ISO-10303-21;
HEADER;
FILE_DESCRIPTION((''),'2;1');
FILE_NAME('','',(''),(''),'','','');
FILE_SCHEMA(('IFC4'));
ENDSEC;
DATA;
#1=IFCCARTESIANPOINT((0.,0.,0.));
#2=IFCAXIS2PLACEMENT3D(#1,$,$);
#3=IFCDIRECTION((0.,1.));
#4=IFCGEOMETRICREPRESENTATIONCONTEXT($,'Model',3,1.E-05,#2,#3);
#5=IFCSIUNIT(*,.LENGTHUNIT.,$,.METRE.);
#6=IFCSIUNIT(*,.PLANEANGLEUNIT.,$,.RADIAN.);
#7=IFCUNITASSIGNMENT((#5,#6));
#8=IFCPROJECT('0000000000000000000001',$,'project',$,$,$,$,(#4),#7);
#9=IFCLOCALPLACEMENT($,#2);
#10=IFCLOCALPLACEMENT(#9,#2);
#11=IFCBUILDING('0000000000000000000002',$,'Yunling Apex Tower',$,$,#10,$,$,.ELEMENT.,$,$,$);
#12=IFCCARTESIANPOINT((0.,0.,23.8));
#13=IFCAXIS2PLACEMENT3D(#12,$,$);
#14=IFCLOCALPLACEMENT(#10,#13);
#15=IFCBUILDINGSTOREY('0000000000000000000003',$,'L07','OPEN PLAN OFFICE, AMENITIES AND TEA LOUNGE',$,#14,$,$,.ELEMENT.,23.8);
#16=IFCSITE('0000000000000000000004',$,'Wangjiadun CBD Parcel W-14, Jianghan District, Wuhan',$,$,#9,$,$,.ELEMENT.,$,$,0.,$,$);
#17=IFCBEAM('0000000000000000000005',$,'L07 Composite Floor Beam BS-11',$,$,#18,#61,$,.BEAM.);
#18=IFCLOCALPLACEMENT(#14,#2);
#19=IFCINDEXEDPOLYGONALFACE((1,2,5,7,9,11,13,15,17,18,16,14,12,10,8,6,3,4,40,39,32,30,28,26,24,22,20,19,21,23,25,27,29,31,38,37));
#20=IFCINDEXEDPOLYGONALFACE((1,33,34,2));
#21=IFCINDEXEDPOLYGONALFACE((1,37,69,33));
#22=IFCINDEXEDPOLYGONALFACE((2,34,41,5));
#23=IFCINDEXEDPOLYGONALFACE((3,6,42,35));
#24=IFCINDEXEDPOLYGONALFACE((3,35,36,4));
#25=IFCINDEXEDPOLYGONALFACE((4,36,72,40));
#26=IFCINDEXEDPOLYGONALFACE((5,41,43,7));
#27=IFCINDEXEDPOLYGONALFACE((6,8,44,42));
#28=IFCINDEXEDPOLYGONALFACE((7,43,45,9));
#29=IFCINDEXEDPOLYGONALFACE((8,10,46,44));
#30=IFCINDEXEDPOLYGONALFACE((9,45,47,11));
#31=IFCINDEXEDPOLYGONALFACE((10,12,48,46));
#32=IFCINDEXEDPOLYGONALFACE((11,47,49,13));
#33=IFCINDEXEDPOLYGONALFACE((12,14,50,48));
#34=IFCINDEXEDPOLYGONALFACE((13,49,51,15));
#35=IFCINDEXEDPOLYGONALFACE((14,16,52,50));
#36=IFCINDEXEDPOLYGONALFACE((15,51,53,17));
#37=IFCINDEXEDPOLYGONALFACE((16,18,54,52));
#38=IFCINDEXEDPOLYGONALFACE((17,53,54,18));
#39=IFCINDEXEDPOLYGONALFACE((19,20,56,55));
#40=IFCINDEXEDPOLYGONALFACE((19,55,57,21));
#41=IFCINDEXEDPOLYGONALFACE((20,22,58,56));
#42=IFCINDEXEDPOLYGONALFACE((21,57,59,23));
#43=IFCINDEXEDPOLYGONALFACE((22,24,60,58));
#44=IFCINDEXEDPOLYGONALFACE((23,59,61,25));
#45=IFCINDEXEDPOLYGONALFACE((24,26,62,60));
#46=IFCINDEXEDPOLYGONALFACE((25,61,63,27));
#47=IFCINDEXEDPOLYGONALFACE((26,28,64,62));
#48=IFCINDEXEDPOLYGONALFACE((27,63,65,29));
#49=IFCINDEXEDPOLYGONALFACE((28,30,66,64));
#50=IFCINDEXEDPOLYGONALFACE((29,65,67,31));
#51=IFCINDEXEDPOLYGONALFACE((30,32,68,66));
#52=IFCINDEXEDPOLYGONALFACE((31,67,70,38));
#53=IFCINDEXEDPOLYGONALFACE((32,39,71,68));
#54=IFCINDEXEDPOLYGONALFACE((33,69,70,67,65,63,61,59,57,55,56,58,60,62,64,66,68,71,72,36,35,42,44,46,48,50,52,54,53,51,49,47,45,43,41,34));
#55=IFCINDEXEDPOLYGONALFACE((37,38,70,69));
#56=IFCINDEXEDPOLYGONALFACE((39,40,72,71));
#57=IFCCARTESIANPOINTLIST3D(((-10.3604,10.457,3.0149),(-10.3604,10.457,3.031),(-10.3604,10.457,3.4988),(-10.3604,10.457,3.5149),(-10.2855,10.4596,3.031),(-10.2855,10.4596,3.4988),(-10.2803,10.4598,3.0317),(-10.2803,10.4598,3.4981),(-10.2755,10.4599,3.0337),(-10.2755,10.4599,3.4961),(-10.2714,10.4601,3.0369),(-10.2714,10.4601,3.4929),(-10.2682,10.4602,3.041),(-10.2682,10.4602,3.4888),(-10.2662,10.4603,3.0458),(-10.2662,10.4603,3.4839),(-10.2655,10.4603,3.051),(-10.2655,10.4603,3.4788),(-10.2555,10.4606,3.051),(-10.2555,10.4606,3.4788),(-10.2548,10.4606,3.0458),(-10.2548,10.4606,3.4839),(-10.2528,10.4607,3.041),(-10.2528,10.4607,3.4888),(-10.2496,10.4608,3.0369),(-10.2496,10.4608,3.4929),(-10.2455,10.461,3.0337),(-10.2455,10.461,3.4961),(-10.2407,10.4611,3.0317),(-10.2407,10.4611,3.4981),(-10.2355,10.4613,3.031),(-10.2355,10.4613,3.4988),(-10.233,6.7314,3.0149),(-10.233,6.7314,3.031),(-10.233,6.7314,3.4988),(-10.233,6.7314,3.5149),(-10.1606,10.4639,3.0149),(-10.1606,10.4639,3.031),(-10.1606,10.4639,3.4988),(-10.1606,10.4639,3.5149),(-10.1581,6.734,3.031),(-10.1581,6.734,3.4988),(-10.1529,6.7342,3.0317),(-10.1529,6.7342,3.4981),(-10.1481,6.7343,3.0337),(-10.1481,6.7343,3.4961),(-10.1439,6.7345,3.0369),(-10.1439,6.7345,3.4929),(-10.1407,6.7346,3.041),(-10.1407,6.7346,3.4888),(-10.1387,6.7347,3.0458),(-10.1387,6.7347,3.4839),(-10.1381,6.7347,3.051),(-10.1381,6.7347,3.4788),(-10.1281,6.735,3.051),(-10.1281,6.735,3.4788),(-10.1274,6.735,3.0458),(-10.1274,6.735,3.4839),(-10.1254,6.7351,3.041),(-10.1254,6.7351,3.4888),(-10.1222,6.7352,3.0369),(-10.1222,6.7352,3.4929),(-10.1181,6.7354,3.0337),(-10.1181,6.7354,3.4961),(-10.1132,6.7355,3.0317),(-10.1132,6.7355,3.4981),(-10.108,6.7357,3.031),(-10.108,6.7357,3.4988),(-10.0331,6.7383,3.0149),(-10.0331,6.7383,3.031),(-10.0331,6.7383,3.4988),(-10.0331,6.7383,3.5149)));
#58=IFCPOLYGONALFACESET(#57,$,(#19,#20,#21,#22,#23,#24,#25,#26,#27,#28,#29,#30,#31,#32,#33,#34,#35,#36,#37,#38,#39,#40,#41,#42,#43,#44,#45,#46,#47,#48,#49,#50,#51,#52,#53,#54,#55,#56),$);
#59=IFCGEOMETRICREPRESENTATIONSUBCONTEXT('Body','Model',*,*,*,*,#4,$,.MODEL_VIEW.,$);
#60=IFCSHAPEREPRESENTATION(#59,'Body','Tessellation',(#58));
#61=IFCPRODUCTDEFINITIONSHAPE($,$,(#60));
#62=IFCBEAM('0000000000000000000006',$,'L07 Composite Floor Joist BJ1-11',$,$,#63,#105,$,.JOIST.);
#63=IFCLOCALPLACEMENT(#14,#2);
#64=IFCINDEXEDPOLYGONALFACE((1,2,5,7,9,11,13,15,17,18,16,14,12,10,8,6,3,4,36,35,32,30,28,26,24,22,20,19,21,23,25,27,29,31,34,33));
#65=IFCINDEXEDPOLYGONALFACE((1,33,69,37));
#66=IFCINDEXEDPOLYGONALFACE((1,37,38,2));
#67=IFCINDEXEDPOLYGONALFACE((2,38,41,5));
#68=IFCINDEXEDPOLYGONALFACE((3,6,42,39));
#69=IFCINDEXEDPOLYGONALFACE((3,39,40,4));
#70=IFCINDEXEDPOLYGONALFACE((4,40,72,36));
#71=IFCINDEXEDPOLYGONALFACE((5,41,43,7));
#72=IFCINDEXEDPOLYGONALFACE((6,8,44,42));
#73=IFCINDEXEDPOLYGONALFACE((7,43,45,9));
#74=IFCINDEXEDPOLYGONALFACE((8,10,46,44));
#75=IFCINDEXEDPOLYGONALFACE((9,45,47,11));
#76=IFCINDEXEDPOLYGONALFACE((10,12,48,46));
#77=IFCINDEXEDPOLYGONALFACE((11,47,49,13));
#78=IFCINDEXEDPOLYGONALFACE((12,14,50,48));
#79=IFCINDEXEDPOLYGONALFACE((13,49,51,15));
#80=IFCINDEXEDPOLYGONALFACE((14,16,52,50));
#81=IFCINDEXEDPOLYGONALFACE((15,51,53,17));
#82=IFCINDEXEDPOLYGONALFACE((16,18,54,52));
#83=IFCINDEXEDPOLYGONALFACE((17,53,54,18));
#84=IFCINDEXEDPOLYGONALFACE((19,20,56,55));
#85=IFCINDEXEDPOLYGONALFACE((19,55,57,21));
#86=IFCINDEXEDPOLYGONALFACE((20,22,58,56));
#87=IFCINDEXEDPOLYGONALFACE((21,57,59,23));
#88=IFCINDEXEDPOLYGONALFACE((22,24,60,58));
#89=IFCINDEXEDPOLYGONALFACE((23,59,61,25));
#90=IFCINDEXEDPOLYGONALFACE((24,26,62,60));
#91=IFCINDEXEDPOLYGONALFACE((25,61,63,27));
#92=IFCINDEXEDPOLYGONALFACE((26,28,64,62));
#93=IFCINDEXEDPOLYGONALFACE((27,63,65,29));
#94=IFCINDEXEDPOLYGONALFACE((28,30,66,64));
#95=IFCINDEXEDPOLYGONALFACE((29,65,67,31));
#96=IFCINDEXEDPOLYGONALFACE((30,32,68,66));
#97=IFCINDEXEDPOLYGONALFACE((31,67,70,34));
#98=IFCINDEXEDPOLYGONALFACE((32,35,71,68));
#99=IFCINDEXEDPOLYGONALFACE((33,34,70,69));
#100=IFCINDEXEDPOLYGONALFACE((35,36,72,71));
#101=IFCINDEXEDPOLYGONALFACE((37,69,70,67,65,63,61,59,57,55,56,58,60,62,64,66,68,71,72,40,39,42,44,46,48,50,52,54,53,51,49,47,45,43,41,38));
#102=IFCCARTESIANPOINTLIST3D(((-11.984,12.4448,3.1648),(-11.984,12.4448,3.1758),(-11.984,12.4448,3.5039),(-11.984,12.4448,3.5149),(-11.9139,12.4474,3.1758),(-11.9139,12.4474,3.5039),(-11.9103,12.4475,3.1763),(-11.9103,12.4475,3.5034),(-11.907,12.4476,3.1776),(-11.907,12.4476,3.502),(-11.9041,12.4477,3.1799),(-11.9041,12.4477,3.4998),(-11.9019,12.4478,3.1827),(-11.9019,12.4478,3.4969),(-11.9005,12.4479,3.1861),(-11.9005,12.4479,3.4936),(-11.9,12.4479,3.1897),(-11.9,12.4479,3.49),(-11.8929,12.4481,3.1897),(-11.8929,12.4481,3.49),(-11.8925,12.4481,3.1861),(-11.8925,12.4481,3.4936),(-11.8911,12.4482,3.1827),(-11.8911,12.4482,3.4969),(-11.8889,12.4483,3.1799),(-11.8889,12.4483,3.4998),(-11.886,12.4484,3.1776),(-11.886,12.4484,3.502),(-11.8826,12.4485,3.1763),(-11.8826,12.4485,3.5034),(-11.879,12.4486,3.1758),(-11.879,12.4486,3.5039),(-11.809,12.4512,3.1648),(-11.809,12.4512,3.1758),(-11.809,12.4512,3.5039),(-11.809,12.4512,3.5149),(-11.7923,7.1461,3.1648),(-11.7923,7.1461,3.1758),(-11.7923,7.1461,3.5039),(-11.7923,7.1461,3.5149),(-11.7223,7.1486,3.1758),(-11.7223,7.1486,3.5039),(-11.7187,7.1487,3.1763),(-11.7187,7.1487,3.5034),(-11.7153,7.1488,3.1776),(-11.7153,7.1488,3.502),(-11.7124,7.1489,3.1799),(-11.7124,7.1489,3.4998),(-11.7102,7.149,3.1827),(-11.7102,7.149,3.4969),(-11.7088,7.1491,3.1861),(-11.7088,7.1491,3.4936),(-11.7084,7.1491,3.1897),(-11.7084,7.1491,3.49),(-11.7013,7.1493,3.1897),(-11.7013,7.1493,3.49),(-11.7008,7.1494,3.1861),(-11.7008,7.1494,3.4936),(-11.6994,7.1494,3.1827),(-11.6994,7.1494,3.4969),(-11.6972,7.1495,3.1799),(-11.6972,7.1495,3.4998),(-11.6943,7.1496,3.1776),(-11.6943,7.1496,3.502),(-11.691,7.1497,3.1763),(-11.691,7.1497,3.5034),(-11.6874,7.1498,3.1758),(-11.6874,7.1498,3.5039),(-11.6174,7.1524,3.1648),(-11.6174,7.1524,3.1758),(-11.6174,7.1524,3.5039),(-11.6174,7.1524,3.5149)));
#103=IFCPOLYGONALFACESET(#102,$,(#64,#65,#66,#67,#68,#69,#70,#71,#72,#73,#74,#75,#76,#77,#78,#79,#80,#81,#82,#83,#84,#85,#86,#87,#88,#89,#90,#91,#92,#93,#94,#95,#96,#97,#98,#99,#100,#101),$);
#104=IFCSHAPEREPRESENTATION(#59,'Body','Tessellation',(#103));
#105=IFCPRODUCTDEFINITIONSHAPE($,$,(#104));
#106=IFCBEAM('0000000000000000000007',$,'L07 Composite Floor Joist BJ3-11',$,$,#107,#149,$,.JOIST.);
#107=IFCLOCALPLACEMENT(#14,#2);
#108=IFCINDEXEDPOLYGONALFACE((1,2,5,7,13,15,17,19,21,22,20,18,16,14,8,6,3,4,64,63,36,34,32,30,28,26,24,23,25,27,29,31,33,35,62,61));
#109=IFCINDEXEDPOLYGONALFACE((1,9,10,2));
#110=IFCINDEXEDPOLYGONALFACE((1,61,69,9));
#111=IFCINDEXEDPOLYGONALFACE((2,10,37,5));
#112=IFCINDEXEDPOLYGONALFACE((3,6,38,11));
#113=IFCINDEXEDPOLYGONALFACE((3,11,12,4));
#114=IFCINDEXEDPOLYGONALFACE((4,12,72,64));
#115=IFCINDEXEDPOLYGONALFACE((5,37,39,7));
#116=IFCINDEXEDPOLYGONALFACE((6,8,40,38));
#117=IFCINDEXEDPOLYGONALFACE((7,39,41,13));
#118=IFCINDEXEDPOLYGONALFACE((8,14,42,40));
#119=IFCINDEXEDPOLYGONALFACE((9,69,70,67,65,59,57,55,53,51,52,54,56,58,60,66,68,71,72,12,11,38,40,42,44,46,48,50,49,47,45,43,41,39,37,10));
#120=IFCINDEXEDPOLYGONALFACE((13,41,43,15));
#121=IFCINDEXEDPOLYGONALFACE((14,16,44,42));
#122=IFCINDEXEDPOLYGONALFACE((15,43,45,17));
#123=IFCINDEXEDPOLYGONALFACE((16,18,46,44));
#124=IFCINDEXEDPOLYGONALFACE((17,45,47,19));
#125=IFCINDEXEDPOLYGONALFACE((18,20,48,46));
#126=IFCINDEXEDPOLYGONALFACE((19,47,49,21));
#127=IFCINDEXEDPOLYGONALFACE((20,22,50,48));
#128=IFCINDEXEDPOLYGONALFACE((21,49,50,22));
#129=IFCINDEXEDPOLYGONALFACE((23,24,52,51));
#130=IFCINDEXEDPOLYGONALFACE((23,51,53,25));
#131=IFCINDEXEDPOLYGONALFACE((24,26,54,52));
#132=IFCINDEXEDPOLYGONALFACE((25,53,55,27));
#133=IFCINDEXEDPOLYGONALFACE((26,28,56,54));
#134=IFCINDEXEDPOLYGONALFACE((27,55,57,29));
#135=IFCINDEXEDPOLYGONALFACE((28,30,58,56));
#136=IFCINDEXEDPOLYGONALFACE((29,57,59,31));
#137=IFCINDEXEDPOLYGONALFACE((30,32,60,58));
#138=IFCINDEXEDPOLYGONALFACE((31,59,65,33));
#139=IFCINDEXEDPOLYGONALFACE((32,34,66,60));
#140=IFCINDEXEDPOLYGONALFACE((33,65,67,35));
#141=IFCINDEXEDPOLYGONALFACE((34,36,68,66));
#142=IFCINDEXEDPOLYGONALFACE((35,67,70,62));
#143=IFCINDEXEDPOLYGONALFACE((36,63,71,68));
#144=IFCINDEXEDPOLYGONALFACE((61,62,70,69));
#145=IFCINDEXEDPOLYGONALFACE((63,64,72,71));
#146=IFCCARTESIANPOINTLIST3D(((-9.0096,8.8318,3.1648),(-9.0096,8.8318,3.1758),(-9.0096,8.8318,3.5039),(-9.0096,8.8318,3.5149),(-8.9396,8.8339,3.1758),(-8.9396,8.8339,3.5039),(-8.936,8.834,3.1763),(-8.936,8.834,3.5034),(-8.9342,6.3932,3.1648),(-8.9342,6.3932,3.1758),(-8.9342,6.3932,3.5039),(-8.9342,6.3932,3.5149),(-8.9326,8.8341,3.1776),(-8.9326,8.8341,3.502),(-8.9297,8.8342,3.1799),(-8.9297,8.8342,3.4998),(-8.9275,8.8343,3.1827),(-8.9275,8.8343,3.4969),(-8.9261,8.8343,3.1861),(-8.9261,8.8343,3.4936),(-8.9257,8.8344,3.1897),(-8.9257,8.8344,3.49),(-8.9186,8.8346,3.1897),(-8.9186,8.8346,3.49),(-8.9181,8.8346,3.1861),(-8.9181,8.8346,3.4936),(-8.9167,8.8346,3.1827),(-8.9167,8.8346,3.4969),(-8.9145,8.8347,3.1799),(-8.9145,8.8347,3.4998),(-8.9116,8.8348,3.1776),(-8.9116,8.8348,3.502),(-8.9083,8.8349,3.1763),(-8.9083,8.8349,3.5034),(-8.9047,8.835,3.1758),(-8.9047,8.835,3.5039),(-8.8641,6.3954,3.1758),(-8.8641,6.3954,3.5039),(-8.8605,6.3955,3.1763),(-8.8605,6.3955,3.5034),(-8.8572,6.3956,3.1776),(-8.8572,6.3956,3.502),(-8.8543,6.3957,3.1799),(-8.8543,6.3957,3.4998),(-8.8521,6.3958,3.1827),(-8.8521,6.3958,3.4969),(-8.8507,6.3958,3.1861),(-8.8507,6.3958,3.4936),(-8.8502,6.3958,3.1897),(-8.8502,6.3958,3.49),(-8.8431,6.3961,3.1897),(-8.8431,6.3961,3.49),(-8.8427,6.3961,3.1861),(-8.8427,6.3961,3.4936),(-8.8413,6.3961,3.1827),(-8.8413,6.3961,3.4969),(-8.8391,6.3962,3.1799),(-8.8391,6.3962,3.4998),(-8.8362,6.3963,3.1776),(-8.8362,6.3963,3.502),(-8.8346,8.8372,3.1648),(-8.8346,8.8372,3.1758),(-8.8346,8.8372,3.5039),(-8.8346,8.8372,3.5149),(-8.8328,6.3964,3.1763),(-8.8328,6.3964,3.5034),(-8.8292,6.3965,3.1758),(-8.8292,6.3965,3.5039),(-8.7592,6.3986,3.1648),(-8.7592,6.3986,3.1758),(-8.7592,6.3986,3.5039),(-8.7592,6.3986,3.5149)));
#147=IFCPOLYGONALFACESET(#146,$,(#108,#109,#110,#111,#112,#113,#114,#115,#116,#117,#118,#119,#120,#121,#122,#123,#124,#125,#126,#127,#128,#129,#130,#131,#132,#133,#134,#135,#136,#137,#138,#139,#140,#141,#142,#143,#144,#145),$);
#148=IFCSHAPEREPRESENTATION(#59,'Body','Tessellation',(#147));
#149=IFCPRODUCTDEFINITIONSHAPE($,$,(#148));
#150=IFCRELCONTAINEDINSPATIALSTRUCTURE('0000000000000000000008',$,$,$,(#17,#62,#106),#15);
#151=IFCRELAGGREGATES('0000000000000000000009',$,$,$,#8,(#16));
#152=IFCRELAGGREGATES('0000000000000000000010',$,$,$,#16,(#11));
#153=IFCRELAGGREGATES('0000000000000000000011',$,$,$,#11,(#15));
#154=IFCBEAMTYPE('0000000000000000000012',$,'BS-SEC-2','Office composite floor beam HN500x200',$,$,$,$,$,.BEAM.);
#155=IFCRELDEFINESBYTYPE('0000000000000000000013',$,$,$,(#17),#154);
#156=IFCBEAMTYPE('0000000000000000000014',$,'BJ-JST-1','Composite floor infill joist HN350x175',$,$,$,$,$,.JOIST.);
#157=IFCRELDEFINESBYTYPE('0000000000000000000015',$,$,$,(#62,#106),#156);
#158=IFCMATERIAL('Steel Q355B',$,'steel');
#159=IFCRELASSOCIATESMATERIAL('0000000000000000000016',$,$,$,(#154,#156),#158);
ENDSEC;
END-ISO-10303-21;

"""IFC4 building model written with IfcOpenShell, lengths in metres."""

from ifc_helpers import new_model, si_unit, direction, frame, origin, origin_2d, place, context, subcontext, project, spatial, i_section, extrude, source, transform, mapped, material, material_profile, profile_set, type_object, element, save


model = new_model("IFC4")

# Units and contexts
model_context = context("Model", 3, precision=1e-05, world=origin(), true_north=direction((0.0, 1.0)))
body_context = subcontext(model_context, "Body", "Model", "MODEL_VIEW")
ifc_project = project(units=[si_unit("LENGTHUNIT", "METRE"), si_unit("PLANEANGLEUNIT", "RADIAN")], contexts=[model_context])

# Site, building, storey
site_placement = place(None, origin())
site = spatial("IfcSite", under=ifc_project, at=site_placement, Name="Wangjiadun CBD Parcel W-14, Jianghan District, Wuhan", CompositionType="ELEMENT", RefElevation=0.0)
building_placement = place(site_placement, origin())
building = spatial("IfcBuilding", under=site, at=building_placement, Name="Yunling Apex Tower", CompositionType="ELEMENT")
storey_placement = place(building_placement, frame((0.0, 0.0, 23.8)))
storey = spatial("IfcBuildingStorey", under=building, at=storey_placement, Name="L07", Description="OPEN PLAN OFFICE, AMENITIES AND TEA LOUNGE", CompositionType="ELEMENT", Elevation=23.8)

# Beams
ifc_material_1 = material(Name="Steel Q355B", Category="steel")
ifc_material_profile_1 = material_profile(ifc_material_1, i_section(OverallWidth=0.2, OverallDepth=0.5, WebThickness=0.01, FlangeThickness=0.0161, FilletRadius=0.02, at=origin_2d()))
ifc_profile_set_1 = profile_set([ifc_material_profile_1], Name="Steel Q355B")
beam_type_1 = type_object("IfcBeamType", Name="BS-SEC-2", Description="Office composite floor beam HN500x200", PredefinedType="BEAM", material=ifc_profile_set_1)
ifc_material_profile_2 = material_profile(ifc_material_1, i_section(OverallWidth=0.175, OverallDepth=0.3501, WebThickness=0.0071, FlangeThickness=0.011, FilletRadius=0.0139, at=origin_2d()))
ifc_profile_set_2 = profile_set([ifc_material_profile_2], Name="Steel Q355B")
beam_type_2 = type_object("IfcBeamType", Name="BJ-JST-1", Description="Composite floor infill joist HN350x175", PredefinedType="JOIST", material=ifc_profile_set_2)
shared_shape_1 = source(origin(), body_context, "Body", "SweptSolid", [
    extrude(i_section(OverallWidth=0.2, OverallDepth=0.5, WebThickness=0.01, FlangeThickness=0.0161, FilletRadius=0.02, at=origin_2d()), origin(), (0.0, 0.0, 1.0), 3.7278),
])
beam_1_placement = place(storey_placement, frame((-10.2605, 10.4604, 3.2649), z_axis=(0.034187, -0.999415, 0.0), x_axis=(0.999415, 0.034187, 0.0)))
element("IfcBeam", 1, at=beam_1_placement, inside=storey, type_object=beam_type_1, Name="L07 Composite Floor Beam BS-11", PredefinedType="BEAM", context=body_context, shape_type="MappedRepresentation", body=[
    mapped(shared_shape_1, transform((0.0, 0.0, 0.0), scale=1.0)),
])
shared_shape_2 = source(origin(), body_context, "Body", "SweptSolid", [
    extrude(i_section(OverallWidth=0.175, OverallDepth=0.3501, WebThickness=0.0071, FlangeThickness=0.011, FilletRadius=0.0139, at=origin_2d()), origin(), (0.0, 0.0, 1.0), 5.3022),
])
beam_2_placement = place(storey_placement, frame((-11.8965, 12.448, 3.3398), z_axis=(0.036145, -0.999347, 0.0), x_axis=(0.999347, 0.036145, 0.0)))
element("IfcBeam", 2, at=beam_2_placement, inside=storey, type_object=beam_type_2, Name="L07 Composite Floor Joist BJ1-11", PredefinedType="JOIST", context=body_context, shape_type="MappedRepresentation", body=[
    mapped(shared_shape_2, transform((0.0, 0.0, 0.0), scale=1.0)),
])
shared_shape_3 = source(origin(), body_context, "Body", "SweptSolid", [
    extrude(i_section(OverallWidth=0.175, OverallDepth=0.3501, WebThickness=0.0071, FlangeThickness=0.011, FilletRadius=0.0139, at=origin_2d()), origin(), (0.0, 0.0, 1.0), 2.4397),
])
beam_3_placement = place(storey_placement, frame((-8.9221, 8.8345, 3.3398), z_axis=(0.030922, -0.999522, 0.0), x_axis=(0.999522, 0.030922, 0.0)))
element("IfcBeam", 3, at=beam_3_placement, inside=storey, type_object=beam_type_2, Name="L07 Composite Floor Joist BJ3-11", PredefinedType="JOIST", context=body_context, shape_type="MappedRepresentation", body=[
    mapped(shared_shape_3, transform((0.0, 0.0, 0.0), scale=1.0)),
])

save(model, "model.ifc")
